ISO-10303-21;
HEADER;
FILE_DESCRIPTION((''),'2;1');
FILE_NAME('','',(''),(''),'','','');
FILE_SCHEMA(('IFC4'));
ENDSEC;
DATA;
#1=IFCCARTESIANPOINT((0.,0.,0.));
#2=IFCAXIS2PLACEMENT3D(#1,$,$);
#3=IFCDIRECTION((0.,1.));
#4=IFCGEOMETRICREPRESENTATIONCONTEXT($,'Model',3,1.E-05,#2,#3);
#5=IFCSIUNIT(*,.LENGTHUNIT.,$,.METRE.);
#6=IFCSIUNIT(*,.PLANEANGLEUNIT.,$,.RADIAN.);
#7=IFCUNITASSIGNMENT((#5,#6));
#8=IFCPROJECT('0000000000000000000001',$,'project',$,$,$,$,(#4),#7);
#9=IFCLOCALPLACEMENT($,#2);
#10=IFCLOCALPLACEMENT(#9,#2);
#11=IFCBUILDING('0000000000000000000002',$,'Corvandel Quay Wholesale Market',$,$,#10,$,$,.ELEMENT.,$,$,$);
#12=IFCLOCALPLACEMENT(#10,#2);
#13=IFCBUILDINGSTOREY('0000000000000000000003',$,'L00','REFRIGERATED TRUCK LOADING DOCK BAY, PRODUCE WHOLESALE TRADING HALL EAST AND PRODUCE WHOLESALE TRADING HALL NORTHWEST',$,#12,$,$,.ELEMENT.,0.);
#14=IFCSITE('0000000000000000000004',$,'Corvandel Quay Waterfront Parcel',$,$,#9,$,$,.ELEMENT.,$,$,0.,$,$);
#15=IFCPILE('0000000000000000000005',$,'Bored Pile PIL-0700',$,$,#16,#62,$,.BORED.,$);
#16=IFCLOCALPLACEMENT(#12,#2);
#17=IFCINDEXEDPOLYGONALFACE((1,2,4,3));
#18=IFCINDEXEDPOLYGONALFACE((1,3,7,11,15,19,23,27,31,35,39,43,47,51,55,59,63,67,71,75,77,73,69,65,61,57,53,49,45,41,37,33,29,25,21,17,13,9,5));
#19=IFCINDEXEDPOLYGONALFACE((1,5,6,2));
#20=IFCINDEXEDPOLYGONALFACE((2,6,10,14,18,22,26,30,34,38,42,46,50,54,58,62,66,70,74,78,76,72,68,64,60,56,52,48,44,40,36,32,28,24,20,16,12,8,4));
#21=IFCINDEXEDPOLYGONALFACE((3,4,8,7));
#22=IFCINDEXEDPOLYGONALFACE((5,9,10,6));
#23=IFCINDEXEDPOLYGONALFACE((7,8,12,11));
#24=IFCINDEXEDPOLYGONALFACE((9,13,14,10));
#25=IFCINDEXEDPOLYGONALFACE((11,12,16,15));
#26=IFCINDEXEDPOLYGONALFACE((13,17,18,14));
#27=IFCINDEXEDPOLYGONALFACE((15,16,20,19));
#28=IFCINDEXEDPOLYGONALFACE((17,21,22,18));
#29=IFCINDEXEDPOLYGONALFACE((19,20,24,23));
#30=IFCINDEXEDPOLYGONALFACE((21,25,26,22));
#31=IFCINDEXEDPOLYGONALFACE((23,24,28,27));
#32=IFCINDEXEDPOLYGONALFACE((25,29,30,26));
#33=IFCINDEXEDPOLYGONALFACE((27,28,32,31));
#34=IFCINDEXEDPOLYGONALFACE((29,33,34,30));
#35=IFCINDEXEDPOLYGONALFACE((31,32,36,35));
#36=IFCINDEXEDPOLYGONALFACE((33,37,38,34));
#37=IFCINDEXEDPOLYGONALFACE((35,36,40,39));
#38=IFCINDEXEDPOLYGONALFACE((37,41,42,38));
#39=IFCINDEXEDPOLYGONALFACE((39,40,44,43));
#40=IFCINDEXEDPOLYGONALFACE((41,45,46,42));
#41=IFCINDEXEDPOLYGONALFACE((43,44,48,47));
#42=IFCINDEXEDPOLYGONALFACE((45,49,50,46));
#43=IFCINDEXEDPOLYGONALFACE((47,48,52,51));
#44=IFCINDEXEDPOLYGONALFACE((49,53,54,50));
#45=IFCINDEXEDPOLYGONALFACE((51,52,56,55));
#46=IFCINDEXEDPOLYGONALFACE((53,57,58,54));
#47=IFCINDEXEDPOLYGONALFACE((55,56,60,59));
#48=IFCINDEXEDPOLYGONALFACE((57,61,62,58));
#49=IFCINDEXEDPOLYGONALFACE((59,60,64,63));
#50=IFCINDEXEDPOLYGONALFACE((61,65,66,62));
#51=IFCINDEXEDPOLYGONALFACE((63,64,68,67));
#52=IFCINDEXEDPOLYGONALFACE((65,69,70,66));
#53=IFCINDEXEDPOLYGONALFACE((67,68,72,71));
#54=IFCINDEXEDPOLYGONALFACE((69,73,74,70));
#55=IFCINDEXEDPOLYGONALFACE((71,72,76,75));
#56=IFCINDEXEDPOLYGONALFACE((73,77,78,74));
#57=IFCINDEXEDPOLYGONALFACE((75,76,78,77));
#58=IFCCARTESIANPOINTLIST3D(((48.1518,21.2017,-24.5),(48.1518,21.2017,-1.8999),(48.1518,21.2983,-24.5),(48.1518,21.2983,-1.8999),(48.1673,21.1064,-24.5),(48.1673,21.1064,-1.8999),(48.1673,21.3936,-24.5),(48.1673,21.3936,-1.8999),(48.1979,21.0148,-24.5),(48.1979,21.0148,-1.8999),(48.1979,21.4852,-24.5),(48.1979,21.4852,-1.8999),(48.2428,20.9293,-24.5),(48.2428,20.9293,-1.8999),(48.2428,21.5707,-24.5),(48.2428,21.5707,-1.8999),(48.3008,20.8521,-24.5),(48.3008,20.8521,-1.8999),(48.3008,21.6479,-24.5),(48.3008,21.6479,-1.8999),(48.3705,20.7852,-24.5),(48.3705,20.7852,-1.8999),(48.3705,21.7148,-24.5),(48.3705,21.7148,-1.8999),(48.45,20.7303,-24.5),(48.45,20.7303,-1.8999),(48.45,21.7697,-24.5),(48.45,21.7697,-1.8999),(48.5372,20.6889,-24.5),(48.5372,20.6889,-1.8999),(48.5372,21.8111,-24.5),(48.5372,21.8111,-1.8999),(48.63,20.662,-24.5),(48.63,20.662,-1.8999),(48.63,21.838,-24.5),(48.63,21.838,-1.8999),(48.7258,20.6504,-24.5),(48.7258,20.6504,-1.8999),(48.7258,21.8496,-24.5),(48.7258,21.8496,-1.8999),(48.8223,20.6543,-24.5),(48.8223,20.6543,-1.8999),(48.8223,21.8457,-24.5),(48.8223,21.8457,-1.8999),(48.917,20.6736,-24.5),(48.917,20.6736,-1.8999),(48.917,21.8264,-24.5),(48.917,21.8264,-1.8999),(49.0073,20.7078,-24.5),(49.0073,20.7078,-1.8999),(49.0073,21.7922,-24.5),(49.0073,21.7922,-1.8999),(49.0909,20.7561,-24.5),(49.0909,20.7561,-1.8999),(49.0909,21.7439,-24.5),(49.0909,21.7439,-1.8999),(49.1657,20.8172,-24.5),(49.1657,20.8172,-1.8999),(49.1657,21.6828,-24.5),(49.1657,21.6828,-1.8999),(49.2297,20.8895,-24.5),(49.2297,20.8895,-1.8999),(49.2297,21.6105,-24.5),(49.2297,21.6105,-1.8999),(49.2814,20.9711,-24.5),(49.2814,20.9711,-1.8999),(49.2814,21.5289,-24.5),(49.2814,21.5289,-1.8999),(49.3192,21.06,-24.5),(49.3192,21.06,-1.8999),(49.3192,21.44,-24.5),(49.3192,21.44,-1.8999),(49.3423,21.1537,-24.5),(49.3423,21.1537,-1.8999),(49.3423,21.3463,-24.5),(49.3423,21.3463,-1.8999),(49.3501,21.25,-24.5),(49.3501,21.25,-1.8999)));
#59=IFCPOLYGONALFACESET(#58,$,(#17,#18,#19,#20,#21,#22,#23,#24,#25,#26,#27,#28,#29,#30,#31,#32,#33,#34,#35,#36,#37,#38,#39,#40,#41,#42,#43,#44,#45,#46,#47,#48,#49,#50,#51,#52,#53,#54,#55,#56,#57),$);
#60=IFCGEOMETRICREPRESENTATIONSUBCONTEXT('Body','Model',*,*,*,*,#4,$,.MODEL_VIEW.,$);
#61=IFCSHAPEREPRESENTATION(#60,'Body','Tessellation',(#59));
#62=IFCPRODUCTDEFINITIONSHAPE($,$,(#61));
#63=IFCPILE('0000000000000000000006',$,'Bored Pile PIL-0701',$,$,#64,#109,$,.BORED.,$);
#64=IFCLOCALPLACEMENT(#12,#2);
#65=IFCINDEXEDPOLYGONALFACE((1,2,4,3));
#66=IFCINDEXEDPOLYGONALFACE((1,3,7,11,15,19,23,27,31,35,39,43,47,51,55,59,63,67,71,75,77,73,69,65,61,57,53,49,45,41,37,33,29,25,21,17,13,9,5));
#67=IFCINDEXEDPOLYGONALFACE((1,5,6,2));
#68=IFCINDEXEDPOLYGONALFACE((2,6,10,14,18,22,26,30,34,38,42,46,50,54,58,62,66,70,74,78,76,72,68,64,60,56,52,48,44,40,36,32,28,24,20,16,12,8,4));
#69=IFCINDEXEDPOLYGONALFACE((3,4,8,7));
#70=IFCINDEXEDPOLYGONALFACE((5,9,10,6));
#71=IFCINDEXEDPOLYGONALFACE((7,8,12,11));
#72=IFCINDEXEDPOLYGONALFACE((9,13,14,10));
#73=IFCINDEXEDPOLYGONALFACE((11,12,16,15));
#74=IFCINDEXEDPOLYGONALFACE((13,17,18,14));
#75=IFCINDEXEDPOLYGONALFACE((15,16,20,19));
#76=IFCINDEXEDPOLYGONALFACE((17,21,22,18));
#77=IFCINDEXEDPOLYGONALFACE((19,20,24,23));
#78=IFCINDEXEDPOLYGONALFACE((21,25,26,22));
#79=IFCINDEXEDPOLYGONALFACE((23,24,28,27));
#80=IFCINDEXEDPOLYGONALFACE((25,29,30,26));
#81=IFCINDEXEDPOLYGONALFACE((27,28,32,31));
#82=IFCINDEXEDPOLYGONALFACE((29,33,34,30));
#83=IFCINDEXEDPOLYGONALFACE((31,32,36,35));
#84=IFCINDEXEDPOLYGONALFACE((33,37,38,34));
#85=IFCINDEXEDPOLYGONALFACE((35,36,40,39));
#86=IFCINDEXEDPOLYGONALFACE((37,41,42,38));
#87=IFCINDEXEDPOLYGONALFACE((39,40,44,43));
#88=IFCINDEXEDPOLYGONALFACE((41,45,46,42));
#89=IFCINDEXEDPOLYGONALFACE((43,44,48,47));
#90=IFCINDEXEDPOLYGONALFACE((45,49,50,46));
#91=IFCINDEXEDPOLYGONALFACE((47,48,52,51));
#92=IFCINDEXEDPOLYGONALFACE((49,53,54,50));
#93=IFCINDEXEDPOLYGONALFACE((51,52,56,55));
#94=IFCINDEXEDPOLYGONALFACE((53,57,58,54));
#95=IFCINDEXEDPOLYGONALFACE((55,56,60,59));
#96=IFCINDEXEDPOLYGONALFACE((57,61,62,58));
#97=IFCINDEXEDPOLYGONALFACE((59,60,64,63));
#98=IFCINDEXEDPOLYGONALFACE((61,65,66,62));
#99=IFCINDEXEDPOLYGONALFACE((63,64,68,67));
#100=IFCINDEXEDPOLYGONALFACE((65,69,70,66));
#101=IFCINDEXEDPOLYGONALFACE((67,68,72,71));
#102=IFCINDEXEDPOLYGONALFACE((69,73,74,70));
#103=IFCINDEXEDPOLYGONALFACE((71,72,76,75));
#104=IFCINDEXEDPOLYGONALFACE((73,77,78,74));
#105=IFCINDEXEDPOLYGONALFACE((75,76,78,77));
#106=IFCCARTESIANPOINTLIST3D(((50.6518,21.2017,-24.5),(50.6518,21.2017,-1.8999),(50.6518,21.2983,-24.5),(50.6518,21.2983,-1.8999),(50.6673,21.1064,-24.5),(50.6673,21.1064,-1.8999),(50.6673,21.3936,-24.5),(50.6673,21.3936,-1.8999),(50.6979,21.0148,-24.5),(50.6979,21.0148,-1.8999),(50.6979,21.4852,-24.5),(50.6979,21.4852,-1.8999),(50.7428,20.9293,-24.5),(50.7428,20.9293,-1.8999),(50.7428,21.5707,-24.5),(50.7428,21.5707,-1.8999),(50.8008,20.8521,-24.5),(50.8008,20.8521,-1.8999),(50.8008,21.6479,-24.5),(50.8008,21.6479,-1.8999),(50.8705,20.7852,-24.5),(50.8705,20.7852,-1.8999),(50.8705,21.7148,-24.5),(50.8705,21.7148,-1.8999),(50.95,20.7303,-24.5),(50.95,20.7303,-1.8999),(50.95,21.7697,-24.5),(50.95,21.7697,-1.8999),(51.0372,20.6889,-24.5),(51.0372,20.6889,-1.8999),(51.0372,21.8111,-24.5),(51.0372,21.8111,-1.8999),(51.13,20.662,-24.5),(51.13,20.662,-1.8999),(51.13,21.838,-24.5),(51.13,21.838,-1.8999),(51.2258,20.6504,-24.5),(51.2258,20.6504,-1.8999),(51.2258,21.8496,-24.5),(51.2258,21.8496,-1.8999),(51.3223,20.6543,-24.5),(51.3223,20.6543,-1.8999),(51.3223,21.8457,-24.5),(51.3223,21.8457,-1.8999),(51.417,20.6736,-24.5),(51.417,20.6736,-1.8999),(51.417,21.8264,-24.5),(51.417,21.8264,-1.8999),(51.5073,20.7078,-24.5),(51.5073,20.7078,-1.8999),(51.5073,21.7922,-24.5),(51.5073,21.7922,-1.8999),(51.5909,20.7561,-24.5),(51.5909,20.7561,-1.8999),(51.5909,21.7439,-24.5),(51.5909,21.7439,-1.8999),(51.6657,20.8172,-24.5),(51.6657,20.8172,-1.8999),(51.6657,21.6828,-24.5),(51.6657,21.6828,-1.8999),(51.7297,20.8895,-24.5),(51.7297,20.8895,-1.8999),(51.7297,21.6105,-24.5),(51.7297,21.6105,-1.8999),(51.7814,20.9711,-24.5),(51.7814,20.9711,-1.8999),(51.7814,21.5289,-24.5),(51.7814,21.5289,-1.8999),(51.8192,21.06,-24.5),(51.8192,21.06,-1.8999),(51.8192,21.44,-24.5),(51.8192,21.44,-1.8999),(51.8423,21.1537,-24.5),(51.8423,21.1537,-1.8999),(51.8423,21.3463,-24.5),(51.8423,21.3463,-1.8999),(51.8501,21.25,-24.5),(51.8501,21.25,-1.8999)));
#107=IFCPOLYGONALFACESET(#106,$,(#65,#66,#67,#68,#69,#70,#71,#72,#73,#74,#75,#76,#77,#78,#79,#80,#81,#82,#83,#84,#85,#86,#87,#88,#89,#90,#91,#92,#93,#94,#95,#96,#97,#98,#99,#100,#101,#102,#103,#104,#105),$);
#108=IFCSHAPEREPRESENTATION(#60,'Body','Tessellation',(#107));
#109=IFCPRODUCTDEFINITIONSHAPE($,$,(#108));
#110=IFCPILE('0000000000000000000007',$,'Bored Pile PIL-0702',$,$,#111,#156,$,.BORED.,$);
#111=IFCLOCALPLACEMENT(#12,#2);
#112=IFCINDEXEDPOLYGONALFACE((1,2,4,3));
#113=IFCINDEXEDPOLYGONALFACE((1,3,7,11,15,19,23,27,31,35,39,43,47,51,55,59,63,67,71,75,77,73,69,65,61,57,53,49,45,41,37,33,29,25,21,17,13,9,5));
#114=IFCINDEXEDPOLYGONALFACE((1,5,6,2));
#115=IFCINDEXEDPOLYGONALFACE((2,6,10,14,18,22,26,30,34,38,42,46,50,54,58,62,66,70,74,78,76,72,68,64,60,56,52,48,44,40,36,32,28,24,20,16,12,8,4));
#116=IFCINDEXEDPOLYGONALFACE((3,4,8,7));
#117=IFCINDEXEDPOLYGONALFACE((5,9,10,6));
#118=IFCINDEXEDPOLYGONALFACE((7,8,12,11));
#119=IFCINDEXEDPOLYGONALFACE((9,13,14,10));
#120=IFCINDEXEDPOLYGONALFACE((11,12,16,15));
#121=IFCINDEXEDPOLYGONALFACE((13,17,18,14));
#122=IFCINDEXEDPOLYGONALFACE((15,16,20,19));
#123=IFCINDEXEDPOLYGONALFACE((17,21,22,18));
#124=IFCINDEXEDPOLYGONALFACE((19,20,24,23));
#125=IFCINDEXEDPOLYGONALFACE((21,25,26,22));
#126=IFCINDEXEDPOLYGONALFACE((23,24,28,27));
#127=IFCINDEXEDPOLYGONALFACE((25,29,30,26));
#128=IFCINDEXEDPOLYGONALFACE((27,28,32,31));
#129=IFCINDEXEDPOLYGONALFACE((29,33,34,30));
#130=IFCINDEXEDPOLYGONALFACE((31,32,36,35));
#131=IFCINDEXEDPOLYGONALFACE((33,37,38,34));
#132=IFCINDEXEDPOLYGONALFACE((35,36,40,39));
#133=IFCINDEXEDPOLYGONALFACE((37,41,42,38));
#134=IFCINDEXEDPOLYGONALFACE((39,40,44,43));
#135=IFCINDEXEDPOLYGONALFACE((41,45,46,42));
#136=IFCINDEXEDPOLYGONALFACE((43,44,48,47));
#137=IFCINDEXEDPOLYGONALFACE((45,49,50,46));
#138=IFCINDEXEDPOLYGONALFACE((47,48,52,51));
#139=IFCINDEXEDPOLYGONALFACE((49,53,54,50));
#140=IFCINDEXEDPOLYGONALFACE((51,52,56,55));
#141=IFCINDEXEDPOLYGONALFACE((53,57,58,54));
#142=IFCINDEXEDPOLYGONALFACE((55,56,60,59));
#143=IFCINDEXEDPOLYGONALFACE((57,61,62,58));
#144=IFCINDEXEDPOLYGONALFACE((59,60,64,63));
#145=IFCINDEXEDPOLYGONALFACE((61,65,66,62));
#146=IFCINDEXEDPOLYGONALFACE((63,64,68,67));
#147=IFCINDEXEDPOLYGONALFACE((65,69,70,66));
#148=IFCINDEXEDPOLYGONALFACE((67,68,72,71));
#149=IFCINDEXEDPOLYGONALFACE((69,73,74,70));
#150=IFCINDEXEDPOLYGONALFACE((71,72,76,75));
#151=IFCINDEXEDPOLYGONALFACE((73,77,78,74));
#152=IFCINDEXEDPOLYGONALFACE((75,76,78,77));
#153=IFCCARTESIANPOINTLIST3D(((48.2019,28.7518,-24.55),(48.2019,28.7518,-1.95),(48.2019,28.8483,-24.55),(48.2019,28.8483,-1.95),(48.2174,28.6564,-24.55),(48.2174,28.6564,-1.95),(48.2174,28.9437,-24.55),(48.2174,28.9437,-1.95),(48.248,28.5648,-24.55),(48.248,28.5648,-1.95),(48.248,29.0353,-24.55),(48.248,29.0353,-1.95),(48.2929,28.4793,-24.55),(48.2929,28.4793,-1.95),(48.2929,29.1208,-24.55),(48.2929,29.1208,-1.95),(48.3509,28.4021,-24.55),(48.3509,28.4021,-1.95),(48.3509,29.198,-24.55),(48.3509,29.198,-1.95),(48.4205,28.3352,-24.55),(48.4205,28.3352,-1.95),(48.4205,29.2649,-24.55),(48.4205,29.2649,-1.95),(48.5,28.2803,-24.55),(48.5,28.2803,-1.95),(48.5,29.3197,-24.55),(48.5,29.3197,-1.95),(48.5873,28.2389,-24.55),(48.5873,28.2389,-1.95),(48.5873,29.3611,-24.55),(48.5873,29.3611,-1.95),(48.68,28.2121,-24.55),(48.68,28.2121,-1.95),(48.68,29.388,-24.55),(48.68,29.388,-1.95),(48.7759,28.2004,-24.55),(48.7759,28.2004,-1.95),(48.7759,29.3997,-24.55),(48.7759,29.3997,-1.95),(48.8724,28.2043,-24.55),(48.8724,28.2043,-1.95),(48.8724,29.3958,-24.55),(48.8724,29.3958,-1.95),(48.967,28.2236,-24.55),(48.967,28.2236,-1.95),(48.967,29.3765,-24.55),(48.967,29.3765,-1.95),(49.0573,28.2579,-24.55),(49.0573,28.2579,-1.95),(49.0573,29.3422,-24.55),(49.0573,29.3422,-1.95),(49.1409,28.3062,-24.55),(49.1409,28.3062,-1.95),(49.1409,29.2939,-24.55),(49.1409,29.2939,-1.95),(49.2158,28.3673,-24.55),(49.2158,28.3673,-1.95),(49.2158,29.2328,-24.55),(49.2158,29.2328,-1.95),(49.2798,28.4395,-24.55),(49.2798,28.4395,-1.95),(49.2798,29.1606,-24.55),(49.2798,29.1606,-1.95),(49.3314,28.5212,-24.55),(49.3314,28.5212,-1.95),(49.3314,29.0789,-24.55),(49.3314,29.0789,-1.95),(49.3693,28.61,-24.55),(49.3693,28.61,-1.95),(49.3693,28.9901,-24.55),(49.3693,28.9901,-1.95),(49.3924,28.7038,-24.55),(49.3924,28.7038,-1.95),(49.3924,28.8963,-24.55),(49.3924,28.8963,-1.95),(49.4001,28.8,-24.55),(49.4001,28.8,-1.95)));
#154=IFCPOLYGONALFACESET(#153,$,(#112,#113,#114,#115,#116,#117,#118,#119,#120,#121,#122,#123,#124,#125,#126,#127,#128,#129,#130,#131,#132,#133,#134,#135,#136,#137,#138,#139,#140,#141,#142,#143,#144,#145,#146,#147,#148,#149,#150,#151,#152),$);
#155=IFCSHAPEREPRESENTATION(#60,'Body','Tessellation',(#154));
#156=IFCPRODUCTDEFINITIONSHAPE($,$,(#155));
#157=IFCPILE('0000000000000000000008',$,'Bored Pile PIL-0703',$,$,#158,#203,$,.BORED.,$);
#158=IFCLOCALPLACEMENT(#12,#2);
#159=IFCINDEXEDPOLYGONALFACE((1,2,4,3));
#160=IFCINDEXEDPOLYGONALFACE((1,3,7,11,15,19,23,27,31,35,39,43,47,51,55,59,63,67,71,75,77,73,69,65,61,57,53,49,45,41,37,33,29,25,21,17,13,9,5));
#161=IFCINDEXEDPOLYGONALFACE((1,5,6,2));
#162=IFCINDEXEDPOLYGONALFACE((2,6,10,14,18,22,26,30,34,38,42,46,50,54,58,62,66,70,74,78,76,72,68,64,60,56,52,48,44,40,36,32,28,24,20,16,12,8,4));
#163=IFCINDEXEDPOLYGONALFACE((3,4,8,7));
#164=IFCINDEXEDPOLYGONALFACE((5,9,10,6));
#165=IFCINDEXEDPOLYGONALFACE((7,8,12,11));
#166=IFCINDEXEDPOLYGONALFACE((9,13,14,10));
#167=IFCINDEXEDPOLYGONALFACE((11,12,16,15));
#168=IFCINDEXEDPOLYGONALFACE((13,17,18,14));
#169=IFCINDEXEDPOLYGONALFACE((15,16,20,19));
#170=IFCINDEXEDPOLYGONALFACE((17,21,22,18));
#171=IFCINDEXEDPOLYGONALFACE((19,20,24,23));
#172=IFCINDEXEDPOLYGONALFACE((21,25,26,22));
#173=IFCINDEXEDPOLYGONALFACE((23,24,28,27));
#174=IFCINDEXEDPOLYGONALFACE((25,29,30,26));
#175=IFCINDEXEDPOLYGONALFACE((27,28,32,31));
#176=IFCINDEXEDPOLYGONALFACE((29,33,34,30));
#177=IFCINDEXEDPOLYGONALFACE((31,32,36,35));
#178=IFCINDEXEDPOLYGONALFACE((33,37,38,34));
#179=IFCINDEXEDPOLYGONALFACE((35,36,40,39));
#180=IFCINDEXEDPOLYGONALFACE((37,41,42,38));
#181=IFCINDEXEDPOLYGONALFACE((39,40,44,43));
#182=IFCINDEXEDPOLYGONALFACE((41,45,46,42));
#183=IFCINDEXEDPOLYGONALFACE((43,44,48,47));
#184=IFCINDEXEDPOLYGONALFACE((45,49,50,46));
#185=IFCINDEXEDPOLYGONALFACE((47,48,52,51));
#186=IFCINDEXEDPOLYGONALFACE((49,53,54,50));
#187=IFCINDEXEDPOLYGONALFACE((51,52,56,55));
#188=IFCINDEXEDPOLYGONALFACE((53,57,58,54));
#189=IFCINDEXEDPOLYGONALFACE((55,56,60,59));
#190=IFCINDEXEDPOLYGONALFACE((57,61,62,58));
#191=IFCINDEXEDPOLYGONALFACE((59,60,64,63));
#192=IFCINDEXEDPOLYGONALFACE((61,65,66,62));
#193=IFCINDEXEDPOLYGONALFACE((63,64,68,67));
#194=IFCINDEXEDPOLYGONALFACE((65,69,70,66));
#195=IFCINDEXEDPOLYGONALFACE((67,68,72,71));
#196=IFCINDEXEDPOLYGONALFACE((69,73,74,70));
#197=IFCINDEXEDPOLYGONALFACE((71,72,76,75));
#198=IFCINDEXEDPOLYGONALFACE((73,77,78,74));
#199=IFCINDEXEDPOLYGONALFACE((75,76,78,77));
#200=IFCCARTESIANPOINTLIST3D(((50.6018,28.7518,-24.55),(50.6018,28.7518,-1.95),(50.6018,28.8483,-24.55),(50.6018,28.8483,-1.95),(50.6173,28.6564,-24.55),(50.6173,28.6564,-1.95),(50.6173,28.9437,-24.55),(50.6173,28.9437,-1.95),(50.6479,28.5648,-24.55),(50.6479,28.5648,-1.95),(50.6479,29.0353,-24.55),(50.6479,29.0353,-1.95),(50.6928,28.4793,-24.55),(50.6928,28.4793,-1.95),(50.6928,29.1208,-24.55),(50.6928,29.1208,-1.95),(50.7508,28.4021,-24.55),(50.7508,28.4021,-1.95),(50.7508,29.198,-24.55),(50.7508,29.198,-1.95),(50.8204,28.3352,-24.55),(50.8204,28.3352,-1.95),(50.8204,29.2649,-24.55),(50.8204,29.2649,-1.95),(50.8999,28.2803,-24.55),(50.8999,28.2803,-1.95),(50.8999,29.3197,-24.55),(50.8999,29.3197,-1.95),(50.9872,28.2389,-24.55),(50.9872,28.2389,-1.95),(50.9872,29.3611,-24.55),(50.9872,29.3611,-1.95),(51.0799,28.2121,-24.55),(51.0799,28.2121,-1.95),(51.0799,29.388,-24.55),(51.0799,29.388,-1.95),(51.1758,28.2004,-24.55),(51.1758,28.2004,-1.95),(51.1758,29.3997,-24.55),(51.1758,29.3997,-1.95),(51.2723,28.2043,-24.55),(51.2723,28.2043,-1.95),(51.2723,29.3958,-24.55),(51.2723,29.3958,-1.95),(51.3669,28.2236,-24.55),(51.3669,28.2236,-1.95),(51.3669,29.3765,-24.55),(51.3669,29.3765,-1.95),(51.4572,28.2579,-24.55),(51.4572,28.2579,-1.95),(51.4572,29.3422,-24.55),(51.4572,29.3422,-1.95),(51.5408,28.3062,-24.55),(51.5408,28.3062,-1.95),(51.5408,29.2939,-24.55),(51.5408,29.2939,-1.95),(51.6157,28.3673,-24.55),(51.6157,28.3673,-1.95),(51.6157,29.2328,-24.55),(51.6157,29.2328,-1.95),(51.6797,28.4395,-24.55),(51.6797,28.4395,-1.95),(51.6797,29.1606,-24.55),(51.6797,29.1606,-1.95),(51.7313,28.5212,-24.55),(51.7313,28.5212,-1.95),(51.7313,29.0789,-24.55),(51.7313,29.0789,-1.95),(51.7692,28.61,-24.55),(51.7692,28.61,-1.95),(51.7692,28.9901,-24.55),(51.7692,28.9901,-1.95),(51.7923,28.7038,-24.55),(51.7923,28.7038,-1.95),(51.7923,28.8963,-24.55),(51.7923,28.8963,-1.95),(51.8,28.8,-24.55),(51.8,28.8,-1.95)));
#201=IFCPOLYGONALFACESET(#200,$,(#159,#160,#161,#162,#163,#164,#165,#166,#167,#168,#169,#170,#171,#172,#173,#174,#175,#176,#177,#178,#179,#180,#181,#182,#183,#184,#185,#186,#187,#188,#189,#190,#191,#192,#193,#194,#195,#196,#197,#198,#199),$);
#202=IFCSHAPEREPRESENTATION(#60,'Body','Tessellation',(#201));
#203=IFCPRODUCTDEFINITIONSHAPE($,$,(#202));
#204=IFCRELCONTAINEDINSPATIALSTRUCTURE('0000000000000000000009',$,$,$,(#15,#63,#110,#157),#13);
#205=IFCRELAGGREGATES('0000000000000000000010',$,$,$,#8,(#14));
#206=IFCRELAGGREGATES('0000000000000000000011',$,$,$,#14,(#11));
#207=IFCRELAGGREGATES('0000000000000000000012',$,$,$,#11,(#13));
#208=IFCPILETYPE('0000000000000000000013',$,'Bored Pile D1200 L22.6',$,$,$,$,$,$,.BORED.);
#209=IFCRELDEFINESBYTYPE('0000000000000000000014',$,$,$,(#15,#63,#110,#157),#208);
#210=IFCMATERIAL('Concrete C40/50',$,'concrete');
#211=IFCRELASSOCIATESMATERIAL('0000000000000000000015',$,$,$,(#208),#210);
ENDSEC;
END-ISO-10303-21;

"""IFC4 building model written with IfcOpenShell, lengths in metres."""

from ifc_helpers import new_model, si_unit, direction, frame, origin, origin_2d, place, context, subcontext, project, spatial, circle, extrude, material, material_profile, profile_set, type_object, element, save


model = new_model("IFC4")

# Units and contexts
model_context = context("Model", 3, precision=1e-05, world=origin(), true_north=direction((0.0, 1.0)))
body_context = subcontext(model_context, "Body", "Model", "MODEL_VIEW")
ifc_project = project(units=[si_unit("LENGTHUNIT", "METRE"), si_unit("PLANEANGLEUNIT", "RADIAN")], contexts=[model_context])

# Site, building, storey
site_placement = place(None, origin())
site = spatial("IfcSite", under=ifc_project, at=site_placement, Name="Corvandel Quay Waterfront Parcel", CompositionType="ELEMENT", RefElevation=0.0)
building_placement = place(site_placement, origin())
building = spatial("IfcBuilding", under=site, at=building_placement, Name="Corvandel Quay Wholesale Market", CompositionType="ELEMENT")
storey_placement = place(building_placement, origin())
storey = spatial("IfcBuildingStorey", under=building, at=storey_placement, Name="L00", Description="REFRIGERATED TRUCK LOADING DOCK BAY, PRODUCE WHOLESALE TRADING HALL EAST AND PRODUCE WHOLESALE TRADING HALL NORTHWEST", CompositionType="ELEMENT", Elevation=0.0)

# Piles
ifc_material_1 = material(Name="Concrete C40/50", Category="concrete")
ifc_material_profile_1 = material_profile(ifc_material_1, circle(Radius=0.6001, at=origin_2d()), Name="RC-PILE-D1200")
ifc_profile_set_1 = profile_set([ifc_material_profile_1], Name="Concrete C40/50")
pile_type_1 = type_object("IfcPileType", Name="Bored Pile D1200 L22.6", PredefinedType="BORED", material=ifc_profile_set_1)
for number, where, z_axis, x_axis, name in (
    (1, (48.75, 21.25, -1.8999), (0.0, 0.0, -1.0), (1.0, 0.0, 0.0), "Bored Pile PIL-0700"),
    (2, (51.25, 21.25, -1.8999), (0.0, 0.0, -1.0), (1.0, 0.0, 0.0), "Bored Pile PIL-0701"),
    (3, (48.8, 28.8, -1.95), (0.0, 0.0, -1.0), (1.0, 0.0, 0.0), "Bored Pile PIL-0702"),
    (4, (51.2, 28.8, -1.95), (0.0, 0.0, -1.0), (1.0, 0.0, 0.0), "Bored Pile PIL-0703"),
):
    element("IfcPile", number, at=place(storey_placement, frame(where, z_axis=z_axis, x_axis=x_axis)), inside=storey, type_object=pile_type_1, Name=name, PredefinedType="BORED", context=body_context, shape_type="SweptSolid", body=[
        extrude(circle(Radius=0.6001, at=origin_2d()), origin(), (0.0, 0.0, 1.0), 22.6001),
    ])

save(model, "model.ifc")
